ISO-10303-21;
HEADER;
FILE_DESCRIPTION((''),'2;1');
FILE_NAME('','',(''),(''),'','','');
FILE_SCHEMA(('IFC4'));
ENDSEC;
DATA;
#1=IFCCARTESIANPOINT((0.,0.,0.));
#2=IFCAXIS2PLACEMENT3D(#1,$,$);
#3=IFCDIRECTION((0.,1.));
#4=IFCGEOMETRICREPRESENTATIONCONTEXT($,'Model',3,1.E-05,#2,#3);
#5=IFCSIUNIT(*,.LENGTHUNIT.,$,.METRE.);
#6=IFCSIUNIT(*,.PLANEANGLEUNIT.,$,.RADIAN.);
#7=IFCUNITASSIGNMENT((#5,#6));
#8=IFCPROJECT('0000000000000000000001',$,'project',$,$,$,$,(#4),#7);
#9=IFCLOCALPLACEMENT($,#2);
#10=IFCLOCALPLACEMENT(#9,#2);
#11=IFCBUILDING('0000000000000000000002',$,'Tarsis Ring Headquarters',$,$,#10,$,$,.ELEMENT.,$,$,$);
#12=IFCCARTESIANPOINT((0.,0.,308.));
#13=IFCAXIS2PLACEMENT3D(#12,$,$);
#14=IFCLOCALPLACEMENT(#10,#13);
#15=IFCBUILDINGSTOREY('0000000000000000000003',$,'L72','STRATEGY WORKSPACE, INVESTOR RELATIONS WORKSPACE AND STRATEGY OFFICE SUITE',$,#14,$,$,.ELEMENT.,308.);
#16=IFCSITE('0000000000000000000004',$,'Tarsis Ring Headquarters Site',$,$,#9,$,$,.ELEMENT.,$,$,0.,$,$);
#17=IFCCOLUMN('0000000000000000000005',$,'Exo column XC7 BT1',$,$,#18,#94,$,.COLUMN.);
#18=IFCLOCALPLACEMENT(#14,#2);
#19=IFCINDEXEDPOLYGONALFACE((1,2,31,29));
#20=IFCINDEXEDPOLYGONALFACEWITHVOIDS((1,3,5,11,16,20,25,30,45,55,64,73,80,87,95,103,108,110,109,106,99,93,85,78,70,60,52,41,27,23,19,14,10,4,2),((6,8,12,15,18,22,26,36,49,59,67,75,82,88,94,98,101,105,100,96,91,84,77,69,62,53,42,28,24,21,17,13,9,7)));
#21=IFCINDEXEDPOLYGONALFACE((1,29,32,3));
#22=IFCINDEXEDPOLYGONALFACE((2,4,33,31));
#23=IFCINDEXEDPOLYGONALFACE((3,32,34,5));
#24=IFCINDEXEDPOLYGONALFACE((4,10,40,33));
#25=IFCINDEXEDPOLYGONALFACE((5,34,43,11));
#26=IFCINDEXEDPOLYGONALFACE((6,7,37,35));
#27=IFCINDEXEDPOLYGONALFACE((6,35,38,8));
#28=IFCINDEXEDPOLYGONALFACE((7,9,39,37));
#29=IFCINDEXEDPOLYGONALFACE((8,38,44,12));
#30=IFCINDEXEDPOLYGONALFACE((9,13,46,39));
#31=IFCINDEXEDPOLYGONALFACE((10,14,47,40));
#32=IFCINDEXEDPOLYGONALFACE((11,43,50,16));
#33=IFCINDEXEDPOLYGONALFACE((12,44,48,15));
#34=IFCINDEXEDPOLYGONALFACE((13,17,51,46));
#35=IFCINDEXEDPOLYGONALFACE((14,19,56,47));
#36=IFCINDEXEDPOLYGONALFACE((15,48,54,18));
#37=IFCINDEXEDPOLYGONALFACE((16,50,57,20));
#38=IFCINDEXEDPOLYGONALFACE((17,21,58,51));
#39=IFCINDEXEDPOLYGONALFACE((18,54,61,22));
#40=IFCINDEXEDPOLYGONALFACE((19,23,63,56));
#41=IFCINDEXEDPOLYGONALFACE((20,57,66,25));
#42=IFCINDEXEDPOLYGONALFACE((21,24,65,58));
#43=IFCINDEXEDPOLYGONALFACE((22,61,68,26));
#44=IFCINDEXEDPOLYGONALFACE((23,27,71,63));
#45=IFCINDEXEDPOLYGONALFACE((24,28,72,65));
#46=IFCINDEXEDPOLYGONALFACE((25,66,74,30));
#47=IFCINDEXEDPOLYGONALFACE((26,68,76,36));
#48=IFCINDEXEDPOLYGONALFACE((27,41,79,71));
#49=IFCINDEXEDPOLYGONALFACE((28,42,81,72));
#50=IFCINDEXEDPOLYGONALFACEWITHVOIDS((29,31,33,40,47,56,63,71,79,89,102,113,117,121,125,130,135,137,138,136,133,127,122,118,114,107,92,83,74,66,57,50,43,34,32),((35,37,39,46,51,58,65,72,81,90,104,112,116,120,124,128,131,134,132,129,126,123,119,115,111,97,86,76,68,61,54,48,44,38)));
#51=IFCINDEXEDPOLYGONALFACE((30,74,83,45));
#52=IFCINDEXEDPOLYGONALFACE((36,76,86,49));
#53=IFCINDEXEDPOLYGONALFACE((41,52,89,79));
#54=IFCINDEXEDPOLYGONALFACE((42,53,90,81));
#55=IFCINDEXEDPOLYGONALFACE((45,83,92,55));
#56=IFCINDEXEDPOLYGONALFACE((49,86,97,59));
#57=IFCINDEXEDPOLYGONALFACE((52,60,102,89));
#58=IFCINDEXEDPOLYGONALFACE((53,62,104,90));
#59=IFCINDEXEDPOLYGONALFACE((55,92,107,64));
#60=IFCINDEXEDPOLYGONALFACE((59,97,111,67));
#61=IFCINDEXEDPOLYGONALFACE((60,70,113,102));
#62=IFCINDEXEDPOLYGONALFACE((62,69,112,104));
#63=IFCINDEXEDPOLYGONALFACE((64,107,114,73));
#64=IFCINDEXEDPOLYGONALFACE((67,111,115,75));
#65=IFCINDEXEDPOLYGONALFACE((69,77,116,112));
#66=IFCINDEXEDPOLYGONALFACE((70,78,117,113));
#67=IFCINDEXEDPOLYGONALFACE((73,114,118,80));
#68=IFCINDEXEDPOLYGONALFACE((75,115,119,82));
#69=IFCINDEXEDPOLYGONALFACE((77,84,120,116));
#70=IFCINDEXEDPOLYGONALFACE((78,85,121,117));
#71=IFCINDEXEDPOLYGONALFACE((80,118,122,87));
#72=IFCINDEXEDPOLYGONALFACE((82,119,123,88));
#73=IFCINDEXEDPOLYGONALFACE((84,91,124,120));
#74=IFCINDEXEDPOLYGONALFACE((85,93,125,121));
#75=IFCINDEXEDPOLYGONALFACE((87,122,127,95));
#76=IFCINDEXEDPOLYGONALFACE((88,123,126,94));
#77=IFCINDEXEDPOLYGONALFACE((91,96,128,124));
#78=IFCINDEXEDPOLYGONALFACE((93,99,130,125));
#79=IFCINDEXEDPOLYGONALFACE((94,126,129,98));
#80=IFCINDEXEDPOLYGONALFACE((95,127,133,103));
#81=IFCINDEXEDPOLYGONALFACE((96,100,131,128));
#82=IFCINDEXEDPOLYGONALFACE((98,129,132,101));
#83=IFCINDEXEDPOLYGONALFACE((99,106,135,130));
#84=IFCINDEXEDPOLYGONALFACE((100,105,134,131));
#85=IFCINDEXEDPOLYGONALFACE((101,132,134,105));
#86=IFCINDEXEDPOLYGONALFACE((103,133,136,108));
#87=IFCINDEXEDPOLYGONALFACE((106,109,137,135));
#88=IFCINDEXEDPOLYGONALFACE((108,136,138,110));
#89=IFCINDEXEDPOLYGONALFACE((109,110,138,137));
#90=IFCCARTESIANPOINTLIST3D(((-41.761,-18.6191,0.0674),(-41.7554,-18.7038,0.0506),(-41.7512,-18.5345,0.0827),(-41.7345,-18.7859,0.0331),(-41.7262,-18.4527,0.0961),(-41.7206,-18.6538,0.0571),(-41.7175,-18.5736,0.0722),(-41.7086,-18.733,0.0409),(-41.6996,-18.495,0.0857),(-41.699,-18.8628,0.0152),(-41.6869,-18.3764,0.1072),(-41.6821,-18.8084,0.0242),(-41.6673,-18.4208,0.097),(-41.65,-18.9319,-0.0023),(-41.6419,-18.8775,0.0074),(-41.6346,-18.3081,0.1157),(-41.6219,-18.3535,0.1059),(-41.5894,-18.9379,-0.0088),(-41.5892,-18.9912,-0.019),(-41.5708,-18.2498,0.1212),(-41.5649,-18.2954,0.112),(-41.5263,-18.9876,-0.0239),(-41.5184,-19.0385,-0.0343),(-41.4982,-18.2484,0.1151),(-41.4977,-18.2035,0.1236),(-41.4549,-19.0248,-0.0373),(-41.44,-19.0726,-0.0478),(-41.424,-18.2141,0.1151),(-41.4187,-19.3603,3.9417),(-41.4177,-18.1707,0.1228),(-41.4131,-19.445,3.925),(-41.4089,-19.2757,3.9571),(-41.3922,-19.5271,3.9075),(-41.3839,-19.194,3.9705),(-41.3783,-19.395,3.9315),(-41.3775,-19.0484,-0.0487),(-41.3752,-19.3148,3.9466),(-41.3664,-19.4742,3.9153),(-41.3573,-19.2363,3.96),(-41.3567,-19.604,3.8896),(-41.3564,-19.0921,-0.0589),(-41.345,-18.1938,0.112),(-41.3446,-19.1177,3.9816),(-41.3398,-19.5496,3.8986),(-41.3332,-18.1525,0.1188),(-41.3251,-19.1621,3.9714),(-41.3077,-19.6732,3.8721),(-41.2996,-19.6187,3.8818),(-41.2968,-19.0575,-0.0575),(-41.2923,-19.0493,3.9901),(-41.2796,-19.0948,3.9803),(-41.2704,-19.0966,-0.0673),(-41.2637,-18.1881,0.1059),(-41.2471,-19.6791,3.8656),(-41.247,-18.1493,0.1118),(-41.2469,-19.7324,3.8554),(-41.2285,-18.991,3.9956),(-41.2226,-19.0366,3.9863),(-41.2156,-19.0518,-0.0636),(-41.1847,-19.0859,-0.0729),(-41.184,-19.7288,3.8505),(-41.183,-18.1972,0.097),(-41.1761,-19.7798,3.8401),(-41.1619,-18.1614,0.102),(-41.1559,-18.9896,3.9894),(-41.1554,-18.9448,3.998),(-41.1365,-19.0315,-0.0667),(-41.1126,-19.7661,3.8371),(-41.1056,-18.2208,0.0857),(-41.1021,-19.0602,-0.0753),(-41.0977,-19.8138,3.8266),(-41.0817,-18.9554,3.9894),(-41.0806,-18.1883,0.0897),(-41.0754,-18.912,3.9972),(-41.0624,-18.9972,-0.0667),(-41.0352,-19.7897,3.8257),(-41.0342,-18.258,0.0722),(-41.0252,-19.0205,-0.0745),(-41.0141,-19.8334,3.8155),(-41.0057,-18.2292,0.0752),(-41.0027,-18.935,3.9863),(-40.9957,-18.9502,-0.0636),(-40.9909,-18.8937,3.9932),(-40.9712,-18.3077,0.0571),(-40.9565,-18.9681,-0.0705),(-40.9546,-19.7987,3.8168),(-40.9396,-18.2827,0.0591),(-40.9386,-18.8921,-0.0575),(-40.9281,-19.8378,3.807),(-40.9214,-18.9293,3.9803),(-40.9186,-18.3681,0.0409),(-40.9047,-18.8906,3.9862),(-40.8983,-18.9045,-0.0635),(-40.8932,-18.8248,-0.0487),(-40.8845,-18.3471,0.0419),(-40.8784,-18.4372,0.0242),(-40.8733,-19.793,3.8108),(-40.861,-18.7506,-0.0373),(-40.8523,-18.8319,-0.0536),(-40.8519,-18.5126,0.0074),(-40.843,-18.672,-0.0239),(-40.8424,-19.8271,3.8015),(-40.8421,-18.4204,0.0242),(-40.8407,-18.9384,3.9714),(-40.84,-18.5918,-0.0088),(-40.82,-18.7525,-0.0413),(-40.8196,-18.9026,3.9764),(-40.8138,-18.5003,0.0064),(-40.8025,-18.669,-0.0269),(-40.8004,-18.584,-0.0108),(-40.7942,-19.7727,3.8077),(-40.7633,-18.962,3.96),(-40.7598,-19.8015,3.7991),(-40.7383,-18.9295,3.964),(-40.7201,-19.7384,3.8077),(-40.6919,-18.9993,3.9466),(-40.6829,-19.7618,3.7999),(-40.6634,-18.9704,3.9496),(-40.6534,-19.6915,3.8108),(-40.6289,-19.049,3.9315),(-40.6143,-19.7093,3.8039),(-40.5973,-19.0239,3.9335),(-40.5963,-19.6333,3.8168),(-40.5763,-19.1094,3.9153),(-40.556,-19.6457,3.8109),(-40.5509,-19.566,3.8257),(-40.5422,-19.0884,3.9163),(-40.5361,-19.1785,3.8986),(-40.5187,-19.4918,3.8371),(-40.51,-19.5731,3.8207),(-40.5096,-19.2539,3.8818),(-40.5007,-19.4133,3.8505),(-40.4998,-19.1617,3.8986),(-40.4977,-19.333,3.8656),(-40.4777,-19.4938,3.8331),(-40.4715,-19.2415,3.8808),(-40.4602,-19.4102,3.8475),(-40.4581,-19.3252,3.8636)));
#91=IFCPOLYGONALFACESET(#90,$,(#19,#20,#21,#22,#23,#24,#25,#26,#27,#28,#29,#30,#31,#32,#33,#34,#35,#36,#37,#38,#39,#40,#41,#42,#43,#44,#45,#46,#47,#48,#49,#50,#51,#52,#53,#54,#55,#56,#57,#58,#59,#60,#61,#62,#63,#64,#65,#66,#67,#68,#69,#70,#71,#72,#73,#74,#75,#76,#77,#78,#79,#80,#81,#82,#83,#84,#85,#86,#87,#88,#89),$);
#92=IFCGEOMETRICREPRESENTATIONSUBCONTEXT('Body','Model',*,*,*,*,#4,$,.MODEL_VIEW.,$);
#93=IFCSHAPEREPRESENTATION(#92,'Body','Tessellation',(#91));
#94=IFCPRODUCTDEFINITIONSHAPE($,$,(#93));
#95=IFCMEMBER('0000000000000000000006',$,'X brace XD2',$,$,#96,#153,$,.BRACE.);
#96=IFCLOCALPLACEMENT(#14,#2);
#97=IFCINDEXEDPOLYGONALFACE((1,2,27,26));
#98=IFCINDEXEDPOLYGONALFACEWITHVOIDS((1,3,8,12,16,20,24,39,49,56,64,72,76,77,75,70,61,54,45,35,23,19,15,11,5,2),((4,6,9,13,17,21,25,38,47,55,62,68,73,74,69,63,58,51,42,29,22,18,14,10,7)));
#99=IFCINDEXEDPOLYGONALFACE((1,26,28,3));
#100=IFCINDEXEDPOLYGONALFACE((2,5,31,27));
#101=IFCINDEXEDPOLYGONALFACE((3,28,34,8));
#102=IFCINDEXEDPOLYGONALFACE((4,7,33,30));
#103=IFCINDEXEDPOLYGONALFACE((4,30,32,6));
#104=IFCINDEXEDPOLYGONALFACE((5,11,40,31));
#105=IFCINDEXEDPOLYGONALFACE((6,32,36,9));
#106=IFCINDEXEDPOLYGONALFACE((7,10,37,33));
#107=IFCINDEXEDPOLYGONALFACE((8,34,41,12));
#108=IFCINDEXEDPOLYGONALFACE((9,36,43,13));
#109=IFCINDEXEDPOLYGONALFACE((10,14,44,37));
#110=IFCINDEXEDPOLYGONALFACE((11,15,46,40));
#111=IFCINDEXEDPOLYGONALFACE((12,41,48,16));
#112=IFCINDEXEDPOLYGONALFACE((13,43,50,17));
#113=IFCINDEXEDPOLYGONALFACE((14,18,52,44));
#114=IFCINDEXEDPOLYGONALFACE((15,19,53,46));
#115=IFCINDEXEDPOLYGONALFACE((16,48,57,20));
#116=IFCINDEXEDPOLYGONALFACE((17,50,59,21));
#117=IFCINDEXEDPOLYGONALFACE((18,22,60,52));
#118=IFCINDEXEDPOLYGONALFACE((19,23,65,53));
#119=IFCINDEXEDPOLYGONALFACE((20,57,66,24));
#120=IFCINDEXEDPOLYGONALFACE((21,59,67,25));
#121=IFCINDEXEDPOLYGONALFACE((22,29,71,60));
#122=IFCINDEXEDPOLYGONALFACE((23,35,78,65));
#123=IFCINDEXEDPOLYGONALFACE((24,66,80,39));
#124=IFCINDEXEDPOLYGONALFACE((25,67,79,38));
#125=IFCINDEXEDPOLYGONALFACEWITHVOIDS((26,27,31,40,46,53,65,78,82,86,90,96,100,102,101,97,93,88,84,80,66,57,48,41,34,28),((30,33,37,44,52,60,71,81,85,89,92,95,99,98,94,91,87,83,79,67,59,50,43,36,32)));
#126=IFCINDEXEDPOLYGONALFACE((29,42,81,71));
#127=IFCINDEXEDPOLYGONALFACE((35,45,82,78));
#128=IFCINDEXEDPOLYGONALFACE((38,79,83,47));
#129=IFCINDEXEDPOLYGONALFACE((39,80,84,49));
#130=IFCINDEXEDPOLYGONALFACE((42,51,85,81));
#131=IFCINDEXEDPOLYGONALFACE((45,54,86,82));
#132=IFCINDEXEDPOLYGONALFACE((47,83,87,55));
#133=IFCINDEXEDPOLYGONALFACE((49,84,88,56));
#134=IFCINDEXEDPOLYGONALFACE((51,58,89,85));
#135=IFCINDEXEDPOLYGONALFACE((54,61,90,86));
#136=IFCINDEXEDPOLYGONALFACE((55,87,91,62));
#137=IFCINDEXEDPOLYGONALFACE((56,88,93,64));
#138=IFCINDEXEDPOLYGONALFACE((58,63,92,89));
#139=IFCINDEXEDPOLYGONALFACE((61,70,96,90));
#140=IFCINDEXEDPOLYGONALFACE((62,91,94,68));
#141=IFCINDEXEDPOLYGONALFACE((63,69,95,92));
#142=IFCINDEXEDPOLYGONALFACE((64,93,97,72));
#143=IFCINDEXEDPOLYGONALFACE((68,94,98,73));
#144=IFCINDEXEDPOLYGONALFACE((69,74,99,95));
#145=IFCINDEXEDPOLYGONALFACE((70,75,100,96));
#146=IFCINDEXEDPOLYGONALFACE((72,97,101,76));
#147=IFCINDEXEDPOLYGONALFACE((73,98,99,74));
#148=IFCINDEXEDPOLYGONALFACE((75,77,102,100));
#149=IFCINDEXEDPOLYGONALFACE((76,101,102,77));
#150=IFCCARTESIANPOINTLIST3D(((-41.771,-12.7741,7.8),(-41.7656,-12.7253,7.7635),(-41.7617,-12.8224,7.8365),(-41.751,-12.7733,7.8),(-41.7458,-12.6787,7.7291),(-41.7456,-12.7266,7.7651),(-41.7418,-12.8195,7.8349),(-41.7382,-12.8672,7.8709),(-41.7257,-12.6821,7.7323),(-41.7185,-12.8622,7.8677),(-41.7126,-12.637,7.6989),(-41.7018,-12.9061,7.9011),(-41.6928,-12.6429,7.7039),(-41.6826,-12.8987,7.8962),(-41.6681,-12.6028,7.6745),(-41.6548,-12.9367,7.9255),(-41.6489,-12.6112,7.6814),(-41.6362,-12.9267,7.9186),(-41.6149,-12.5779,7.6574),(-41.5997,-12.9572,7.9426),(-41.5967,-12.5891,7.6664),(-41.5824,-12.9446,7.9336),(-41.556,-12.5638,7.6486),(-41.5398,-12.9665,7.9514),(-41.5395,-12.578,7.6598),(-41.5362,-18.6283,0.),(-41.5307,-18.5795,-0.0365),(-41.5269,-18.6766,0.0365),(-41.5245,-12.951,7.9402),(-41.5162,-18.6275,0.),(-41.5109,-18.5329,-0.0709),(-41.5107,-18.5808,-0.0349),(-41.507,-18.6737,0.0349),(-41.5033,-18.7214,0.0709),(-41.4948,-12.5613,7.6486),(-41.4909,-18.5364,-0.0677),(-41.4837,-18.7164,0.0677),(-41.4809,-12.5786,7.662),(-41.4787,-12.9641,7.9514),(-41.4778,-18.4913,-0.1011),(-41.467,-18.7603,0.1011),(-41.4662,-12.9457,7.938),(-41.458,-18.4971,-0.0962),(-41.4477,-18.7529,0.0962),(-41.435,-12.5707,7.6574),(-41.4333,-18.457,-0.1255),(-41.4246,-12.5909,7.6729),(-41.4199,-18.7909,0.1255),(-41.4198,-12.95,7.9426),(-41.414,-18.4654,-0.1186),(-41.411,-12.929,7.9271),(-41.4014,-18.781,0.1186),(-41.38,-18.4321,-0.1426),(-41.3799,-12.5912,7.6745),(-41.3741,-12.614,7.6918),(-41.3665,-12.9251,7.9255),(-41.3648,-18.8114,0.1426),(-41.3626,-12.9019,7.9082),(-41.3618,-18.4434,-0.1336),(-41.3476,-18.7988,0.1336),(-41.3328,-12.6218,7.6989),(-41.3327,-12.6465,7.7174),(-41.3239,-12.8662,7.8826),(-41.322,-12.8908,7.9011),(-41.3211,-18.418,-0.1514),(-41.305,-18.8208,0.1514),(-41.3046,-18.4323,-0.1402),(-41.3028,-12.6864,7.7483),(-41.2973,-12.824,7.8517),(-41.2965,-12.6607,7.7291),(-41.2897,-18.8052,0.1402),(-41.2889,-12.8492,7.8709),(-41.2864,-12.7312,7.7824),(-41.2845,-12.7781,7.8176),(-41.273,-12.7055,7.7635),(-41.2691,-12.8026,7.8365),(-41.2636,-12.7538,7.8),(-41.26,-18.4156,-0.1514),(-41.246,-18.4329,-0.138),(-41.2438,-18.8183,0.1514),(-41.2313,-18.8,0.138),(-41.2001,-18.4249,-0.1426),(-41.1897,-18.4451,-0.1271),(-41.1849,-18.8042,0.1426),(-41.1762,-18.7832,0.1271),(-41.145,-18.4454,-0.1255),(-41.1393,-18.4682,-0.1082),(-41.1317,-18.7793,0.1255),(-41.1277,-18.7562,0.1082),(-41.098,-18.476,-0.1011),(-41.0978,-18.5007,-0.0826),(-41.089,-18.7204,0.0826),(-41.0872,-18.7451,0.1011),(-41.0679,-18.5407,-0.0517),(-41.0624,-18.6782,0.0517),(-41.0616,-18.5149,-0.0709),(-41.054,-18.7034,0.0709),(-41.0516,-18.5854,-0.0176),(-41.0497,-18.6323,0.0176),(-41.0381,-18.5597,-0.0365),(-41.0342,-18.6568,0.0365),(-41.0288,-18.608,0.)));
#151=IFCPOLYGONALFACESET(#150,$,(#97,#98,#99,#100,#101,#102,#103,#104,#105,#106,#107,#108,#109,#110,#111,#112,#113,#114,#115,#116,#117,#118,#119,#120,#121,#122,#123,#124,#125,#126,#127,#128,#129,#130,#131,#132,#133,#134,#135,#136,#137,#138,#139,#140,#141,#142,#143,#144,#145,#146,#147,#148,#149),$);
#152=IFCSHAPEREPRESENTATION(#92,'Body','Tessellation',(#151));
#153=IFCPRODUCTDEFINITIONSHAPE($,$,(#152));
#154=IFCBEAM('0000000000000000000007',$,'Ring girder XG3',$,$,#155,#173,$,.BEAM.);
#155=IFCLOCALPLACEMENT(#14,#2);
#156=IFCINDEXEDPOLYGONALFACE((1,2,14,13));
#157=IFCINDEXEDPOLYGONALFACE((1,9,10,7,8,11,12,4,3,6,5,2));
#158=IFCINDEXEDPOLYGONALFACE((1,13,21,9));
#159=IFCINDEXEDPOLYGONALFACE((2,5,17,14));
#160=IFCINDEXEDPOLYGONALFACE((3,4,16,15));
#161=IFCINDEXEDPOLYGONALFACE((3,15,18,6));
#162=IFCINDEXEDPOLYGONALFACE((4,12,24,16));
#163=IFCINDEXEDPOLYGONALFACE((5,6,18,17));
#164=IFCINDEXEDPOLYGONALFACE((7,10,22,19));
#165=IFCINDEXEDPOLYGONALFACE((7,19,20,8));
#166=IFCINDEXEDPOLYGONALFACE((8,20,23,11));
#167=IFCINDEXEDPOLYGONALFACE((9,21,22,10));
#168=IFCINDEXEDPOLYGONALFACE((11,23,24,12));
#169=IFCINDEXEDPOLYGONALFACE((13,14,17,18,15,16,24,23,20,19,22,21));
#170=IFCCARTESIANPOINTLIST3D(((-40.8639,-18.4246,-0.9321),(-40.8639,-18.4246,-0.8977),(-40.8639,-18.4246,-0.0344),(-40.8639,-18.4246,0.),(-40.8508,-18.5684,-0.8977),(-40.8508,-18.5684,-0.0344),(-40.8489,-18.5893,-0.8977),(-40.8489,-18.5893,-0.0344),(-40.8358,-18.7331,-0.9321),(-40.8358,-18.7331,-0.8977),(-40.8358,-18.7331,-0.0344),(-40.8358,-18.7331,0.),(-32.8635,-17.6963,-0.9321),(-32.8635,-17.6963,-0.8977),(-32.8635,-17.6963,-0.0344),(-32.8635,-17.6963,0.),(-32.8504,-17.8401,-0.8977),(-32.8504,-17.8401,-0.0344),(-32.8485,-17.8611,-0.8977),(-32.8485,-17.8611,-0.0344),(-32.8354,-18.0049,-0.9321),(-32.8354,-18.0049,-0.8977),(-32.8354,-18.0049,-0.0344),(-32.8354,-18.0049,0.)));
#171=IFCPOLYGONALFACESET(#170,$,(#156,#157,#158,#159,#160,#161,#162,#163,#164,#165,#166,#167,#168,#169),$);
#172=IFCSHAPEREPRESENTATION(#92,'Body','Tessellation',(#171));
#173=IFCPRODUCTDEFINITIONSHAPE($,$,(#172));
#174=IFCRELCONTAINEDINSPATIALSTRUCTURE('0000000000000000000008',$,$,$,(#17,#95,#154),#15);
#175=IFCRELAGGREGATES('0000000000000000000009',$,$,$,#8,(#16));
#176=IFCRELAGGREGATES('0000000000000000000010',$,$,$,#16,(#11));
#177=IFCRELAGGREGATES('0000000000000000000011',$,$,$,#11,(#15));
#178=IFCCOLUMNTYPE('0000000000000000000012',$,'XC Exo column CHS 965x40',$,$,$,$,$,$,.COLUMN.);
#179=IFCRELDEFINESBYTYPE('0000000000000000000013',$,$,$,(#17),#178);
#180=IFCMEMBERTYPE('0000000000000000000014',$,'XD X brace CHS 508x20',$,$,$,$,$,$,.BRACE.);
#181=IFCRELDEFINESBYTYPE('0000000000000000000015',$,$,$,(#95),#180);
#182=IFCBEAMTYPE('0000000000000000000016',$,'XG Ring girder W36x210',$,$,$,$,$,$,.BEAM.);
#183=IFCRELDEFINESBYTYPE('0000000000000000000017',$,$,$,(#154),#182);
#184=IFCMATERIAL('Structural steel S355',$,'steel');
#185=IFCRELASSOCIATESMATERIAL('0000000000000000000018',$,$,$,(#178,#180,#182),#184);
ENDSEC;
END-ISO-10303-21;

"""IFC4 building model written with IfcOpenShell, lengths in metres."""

from ifc_helpers import new_model, si_unit, direction, frame, origin, origin_2d, place, context, subcontext, project, spatial, hollow_circle, i_section, extrude, material, material_profile, profile_set, type_object, element, save


model = new_model("IFC4")

# Units and contexts
model_context = context("Model", 3, precision=1e-05, world=origin(), true_north=direction((0.0, 1.0)))
body_context = subcontext(model_context, "Body", "Model", "MODEL_VIEW")
ifc_project = project(units=[si_unit("LENGTHUNIT", "METRE"), si_unit("PLANEANGLEUNIT", "RADIAN")], contexts=[model_context])

# Site, building, storey
site_placement = place(None, origin())
site = spatial("IfcSite", under=ifc_project, at=site_placement, Name="Tarsis Ring Headquarters Site", CompositionType="ELEMENT", RefElevation=0.0)
building_placement = place(site_placement, origin())
building = spatial("IfcBuilding", under=site, at=building_placement, Name="Tarsis Ring Headquarters", CompositionType="ELEMENT")
storey_placement = place(building_placement, frame((0.0, 0.0, 308.0)))
storey = spatial("IfcBuildingStorey", under=building, at=storey_placement, Name="L72", Description="STRATEGY WORKSPACE, INVESTOR RELATIONS WORKSPACE AND STRATEGY OFFICE SUITE", CompositionType="ELEMENT", Elevation=308.0)

# Column
ifc_material_1 = material(Name="Structural steel S355", Category="steel")
ifc_material_profile_1 = material_profile(ifc_material_1, hollow_circle(Radius=0.4827, WallThickness=0.04, at=origin_2d()), Name="CHS 965x40")
ifc_profile_set_1 = profile_set([ifc_material_profile_1], Name="Structural steel S355")
column_type = type_object("IfcColumnType", Name="XC Exo column CHS 965x40", PredefinedType="COLUMN", material=ifc_profile_set_1)
column_placement = place(storey_placement, frame((-41.2803, -18.6228, 0.0242), z_axis=(0.08645, -0.187205, 0.978509), x_axis=(0.907872, 0.419248, 0.0)))
element("IfcColumn", 1, at=column_placement, inside=storey, type_object=column_type, Name="Exo column XC7 BT1", PredefinedType="COLUMN", context=body_context, shape_type="SweptSolid", body=[
    extrude(hollow_circle(Radius=0.4827, WallThickness=0.04, at=origin_2d()), origin(), (0.0, 0.0, 1.0), 3.9595),
])

# Member
ifc_material_profile_2 = material_profile(ifc_material_1, hollow_circle(Radius=0.2539, WallThickness=0.02, at=origin_2d()), Name="CHS 508x20")
ifc_profile_set_2 = profile_set([ifc_material_profile_2], Name="Structural steel S355")
member_type = type_object("IfcMemberType", Name="XD X brace CHS 508x20", PredefinedType="BRACE", material=ifc_profile_set_2)
member_placement = place(storey_placement, frame((-41.2825, -18.6182, 0.0), z_axis=(-0.024075, 0.600102, 0.799561), x_axis=(-0.999196, -0.040086, 0.0)))
element("IfcMember", 2, at=member_placement, inside=storey, type_object=member_type, Name="X brace XD2", PredefinedType="BRACE", context=body_context, shape_type="SweptSolid", body=[
    extrude(hollow_circle(Radius=0.2539, WallThickness=0.02, at=origin_2d()), origin(), (0.0, 0.0, 1.0), 9.7554),
])

# Beam
ifc_material_profile_3 = material_profile(ifc_material_1, i_section(OverallWidth=0.3098, OverallDepth=0.9321, WebThickness=0.021, FlangeThickness=0.0344, at=origin_2d()), Name="W36x210")
ifc_profile_set_3 = profile_set([ifc_material_profile_3], Name="Structural steel S355")
beam_type = type_object("IfcBeamType", Name="XG Ring girder W36x210", PredefinedType="BEAM", material=ifc_profile_set_3)
beam_placement = place(storey_placement, frame((-40.8499, -18.5789, -0.4661), z_axis=(0.995882, 0.090654, 0.0), x_axis=(-0.090654, 0.995882, 0.0)))
element("IfcBeam", 3, at=beam_placement, inside=storey, type_object=beam_type, Name="Ring girder XG3", PredefinedType="BEAM", context=body_context, shape_type="SweptSolid", body=[
    extrude(i_section(OverallWidth=0.3098, OverallDepth=0.9321, WebThickness=0.021, FlangeThickness=0.0344, at=origin_2d()), origin(), (0.0, 0.0, 1.0), 8.0334),
])

save(model, "model.ifc")
